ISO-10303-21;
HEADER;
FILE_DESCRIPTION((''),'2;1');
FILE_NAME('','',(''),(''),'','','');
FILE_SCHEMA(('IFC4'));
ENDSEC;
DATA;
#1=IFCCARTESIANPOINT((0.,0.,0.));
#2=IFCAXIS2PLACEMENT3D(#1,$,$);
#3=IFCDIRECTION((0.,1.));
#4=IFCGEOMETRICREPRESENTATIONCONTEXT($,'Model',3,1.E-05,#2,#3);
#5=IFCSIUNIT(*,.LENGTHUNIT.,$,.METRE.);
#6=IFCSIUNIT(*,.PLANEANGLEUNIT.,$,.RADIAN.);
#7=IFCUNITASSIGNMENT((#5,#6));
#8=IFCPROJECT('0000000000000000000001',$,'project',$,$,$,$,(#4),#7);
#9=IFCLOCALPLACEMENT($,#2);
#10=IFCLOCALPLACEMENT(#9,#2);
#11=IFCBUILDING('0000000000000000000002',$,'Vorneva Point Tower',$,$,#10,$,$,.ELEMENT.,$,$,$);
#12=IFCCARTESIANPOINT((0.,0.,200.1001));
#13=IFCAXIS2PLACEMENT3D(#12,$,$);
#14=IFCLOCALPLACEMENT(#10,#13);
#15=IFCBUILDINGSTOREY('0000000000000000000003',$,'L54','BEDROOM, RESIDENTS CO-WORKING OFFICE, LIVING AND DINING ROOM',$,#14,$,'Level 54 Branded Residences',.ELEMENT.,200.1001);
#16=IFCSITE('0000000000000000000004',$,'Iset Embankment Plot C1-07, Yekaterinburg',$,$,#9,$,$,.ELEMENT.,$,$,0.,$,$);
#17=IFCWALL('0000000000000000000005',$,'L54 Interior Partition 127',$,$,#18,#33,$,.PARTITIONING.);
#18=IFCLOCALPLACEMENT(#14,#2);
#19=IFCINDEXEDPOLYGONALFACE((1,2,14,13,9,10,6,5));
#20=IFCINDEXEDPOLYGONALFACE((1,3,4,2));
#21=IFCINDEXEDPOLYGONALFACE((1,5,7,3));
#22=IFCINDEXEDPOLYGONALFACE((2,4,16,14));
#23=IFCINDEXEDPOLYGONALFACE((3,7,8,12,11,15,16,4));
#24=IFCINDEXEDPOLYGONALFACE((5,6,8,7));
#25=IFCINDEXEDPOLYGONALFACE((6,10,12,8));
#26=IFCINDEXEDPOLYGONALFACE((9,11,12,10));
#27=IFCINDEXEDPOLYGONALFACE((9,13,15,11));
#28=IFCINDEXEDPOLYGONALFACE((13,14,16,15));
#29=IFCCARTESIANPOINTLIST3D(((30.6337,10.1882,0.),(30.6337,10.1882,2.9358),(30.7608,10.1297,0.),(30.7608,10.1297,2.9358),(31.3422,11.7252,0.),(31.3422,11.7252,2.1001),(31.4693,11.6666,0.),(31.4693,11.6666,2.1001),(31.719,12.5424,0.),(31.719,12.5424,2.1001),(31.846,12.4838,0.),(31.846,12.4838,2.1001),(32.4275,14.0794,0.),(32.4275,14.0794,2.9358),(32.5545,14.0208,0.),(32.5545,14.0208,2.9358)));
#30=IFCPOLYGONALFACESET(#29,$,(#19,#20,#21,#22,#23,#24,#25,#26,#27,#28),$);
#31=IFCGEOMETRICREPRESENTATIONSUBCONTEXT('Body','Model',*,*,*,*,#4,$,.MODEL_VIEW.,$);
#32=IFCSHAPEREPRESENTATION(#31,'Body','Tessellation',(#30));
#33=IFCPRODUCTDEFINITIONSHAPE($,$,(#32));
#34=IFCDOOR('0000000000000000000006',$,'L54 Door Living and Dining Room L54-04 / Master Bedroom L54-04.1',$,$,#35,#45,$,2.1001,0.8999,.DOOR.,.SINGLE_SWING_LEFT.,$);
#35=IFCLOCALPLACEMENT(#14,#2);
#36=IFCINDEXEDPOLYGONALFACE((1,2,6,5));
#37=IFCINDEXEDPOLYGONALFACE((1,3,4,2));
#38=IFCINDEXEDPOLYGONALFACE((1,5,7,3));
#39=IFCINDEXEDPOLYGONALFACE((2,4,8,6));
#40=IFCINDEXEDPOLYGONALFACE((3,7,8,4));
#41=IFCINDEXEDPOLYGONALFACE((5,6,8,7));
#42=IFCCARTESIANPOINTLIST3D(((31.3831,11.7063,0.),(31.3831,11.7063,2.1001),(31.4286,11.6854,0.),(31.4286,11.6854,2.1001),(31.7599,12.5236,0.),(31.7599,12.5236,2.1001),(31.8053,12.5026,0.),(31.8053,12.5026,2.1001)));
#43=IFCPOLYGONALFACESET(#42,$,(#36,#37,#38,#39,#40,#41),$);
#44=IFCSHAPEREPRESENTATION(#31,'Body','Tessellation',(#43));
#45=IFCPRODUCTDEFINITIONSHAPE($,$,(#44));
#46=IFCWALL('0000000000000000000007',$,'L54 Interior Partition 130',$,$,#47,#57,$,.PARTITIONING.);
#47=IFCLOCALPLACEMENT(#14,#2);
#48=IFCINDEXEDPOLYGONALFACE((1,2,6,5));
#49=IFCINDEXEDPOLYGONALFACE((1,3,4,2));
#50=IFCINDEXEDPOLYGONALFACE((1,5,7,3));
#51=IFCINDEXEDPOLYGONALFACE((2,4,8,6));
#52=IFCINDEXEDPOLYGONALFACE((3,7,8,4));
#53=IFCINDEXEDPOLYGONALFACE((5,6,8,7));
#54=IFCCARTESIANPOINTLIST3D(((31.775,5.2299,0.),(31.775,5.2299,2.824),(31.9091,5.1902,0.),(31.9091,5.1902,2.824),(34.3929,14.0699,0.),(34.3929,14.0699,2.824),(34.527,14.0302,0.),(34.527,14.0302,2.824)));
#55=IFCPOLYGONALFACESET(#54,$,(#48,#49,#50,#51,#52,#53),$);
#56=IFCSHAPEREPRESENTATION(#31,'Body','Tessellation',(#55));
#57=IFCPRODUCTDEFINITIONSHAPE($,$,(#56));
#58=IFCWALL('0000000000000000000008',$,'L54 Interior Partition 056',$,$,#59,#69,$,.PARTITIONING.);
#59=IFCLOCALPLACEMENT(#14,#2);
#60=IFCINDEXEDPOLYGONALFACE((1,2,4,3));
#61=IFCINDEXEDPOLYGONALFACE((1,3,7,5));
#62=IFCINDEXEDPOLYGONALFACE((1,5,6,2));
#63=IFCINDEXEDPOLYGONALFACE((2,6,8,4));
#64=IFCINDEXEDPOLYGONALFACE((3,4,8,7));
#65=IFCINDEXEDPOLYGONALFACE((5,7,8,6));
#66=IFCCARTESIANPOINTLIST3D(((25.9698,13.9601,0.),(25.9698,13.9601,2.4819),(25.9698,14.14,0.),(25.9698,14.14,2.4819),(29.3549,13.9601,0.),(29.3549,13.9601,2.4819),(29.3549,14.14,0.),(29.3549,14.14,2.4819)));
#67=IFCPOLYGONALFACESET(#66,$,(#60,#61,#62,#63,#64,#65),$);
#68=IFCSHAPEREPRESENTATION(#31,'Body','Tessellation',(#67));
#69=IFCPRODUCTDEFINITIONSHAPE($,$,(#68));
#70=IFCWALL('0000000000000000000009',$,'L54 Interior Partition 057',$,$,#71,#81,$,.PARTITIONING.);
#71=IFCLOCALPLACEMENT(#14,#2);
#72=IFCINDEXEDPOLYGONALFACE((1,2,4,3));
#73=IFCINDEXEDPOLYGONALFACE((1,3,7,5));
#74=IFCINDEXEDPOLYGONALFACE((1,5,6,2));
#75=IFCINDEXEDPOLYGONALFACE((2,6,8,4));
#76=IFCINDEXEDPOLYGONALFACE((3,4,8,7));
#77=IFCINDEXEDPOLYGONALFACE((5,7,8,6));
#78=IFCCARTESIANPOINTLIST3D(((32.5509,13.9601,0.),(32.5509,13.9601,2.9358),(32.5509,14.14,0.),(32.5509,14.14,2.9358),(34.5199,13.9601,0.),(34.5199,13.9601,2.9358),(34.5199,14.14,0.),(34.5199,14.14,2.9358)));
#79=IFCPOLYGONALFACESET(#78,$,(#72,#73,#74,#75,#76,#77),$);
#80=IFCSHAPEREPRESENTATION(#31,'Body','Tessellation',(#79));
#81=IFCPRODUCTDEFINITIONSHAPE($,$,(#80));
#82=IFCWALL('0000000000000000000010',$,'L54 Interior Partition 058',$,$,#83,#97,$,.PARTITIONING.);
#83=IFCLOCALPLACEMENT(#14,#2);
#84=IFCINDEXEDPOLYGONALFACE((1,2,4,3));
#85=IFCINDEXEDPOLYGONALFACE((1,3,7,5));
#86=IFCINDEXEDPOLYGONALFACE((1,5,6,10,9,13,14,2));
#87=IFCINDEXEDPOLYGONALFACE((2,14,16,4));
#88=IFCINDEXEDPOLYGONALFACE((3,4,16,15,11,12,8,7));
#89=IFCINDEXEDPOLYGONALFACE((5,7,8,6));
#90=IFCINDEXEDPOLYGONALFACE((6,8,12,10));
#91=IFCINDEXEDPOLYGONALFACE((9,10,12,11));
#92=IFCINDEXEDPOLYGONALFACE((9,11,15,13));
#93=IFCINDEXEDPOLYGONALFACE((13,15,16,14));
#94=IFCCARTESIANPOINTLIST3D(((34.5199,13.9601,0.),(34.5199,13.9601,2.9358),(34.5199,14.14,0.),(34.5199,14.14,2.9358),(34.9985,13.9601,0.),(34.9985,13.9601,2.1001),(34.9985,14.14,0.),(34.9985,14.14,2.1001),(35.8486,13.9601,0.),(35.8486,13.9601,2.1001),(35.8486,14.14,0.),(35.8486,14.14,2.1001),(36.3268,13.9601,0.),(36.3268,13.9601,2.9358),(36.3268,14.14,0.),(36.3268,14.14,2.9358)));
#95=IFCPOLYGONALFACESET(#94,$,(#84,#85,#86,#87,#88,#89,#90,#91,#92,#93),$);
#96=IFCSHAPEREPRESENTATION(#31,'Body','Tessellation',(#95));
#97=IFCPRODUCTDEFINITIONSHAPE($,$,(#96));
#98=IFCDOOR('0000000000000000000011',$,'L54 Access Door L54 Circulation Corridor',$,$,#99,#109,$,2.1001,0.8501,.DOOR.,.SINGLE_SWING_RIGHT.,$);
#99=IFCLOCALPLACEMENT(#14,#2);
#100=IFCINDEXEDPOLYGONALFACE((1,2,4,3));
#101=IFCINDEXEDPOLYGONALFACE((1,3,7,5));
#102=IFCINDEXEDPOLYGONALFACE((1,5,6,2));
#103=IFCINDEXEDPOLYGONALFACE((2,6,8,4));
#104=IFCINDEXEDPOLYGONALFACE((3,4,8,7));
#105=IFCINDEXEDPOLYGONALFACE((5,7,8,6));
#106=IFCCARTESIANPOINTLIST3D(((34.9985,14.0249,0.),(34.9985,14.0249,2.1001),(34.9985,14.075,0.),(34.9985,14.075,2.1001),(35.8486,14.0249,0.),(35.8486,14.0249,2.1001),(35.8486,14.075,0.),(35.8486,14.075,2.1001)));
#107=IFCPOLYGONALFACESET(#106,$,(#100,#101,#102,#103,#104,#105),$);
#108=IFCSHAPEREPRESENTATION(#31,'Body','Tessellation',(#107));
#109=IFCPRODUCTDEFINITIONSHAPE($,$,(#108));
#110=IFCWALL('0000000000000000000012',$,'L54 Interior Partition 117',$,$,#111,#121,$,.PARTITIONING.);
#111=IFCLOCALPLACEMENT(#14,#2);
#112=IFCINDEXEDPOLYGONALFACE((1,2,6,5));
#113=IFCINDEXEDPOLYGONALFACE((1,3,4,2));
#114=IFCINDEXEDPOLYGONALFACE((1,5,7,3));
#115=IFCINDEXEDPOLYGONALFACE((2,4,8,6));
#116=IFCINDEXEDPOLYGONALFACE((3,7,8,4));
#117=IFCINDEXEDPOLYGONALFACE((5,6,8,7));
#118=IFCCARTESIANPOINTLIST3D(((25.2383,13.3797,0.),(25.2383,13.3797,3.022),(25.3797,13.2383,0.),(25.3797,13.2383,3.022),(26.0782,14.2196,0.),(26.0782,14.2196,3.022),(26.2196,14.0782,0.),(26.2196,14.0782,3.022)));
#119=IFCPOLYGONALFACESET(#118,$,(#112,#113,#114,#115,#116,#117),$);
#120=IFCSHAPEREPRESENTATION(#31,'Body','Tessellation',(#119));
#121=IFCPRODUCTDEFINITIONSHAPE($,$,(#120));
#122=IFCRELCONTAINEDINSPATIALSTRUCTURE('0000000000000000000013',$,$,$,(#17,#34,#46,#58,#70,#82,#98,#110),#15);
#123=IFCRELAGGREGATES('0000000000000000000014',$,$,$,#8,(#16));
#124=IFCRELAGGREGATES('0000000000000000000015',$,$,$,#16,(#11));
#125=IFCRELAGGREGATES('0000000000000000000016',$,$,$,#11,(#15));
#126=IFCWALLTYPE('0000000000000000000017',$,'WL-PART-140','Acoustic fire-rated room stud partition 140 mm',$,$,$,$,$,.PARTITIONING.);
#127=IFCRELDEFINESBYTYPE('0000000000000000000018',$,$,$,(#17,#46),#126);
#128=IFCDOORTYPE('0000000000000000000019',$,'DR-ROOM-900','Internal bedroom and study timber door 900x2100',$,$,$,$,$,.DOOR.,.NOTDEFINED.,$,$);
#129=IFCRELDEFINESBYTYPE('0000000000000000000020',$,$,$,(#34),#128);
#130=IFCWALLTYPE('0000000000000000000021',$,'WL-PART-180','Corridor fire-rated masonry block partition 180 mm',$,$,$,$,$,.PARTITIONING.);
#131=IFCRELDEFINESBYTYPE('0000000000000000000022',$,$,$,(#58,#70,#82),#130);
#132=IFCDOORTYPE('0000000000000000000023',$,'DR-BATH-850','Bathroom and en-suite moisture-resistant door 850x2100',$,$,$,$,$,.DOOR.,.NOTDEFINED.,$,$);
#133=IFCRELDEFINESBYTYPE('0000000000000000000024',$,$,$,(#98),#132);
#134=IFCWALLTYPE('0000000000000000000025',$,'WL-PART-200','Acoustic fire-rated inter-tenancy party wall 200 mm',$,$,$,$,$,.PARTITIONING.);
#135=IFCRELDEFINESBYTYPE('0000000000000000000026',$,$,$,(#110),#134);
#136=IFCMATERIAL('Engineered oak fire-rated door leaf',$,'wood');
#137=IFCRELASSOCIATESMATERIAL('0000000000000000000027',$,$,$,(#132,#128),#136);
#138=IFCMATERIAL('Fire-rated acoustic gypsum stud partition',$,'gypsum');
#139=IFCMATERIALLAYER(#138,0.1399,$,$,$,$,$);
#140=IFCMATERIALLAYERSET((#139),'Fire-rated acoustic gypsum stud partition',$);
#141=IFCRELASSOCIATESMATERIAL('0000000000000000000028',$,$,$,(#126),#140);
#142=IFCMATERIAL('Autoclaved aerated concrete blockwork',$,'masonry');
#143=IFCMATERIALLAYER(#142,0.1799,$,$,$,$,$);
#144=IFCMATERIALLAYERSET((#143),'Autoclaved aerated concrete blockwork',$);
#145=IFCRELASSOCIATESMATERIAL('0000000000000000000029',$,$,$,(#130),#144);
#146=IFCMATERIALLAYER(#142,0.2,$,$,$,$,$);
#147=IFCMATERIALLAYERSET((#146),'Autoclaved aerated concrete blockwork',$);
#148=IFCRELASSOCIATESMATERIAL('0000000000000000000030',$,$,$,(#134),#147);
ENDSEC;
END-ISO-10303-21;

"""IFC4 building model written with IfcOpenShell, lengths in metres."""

from ifc_helpers import new_model, si_unit, direction, frame, frame_2d, origin, place, context, subcontext, project, spatial, rectangle, extrude, material, layer, layer_set, type_object, element, fill, save


model = new_model("IFC4")

# Units and contexts
model_context = context("Model", 3, precision=1e-05, world=origin(), true_north=direction((0.0, 1.0)))
body_context = subcontext(model_context, "Body", "Model", "MODEL_VIEW")
ifc_project = project(units=[si_unit("LENGTHUNIT", "METRE"), si_unit("PLANEANGLEUNIT", "RADIAN")], contexts=[model_context])

# Site, building, storey
site_placement = place(None, origin())
site = spatial("IfcSite", under=ifc_project, at=site_placement, Name="Iset Embankment Plot C1-07, Yekaterinburg", CompositionType="ELEMENT", RefElevation=0.0)
building_placement = place(site_placement, origin())
building = spatial("IfcBuilding", under=site, at=building_placement, Name="Vorneva Point Tower", CompositionType="ELEMENT")
storey_placement = place(building_placement, frame((0.0, 0.0, 200.1001)))
storey = spatial("IfcBuildingStorey", under=building, at=storey_placement, Name="L54", Description="BEDROOM, RESIDENTS CO-WORKING OFFICE, LIVING AND DINING ROOM", LongName="Level 54 Branded Residences", CompositionType="ELEMENT", Elevation=200.1001)

# Shared definitions
ifc_material_1 = material(Name="Fire-rated acoustic gypsum stud partition", Category="gypsum")
ifc_material_2 = material(Name="Engineered oak fire-rated door leaf", Category="wood")
door_type_1 = type_object("IfcDoorType", Name="DR-BATH-850", Description="Bathroom and en-suite moisture-resistant door 850x2100", OperationType="NOTDEFINED", PredefinedType="DOOR", material=ifc_material_2)

# Shared definitions
ifc_layer_1 = layer(ifc_material_1, 0.1399)
ifc_layer_set_1 = layer_set([ifc_layer_1], Name="Fire-rated acoustic gypsum stud partition")
wall_type_1 = type_object("IfcWallType", Name="WL-PART-140", Description="Acoustic fire-rated room stud partition 140 mm", PredefinedType="PARTITIONING", material=ifc_layer_set_1)

# Wall, opening, door
door_type_2 = type_object("IfcDoorType", Name="DR-ROOM-900", Description="Internal bedroom and study timber door 900x2100", OperationType="NOTDEFINED", PredefinedType="DOOR", material=ifc_material_2)
wall_1_placement = place(storey_placement, frame((30.6973, 10.1589, 0.0), z_axis=(0.0, 0.0, 1.0), x_axis=(0.418635, 0.908154, 0.0)))
wall_1 = element("IfcWall", 1, at=wall_1_placement, inside=storey, type_object=wall_type_1, Name="L54 Interior Partition 127", PredefinedType="PARTITIONING", context=body_context, shape_type="SweptSolid", body=[
    extrude(rectangle(XDim=4.2847, YDim=0.1399, at=frame_2d((2.1423, 0.0))), origin(), (0.0, 0.0, 1.0), 2.9358),
])
opening_1_placement = place(wall_1_placement, frame((1.6924, 0.0, 0.0)))
opening_1 = element("IfcOpeningElement", 2, at=opening_1_placement, cuts=wall_1, PredefinedType="OPENING", context=body_context, shape_type="SweptSolid", body=[
    extrude(rectangle(XDim=0.8999, YDim=2.1001, at=frame_2d((0.45, 1.05))), frame((0.0, 0.085, 0.0), z_axis=(0.0, -1.0, 0.0), x_axis=(1.0, 0.0, 0.0)), (0.0, 0.0, 1.0), 0.1697),
])
door_1_placement = place(opening_1_placement, origin())
door_1 = element("IfcDoor", 3, at=door_1_placement, inside=storey, type_object=door_type_2, Name="L54 Door Living and Dining Room L54-04 / Master Bedroom L54-04.1", OperationType="SINGLE_SWING_LEFT", OverallHeight=2.1001, OverallWidth=0.8999, PredefinedType="DOOR", context=body_context, shape_type="SweptSolid", body=[
    extrude(rectangle(XDim=0.8999, YDim=2.1001, at=frame_2d((0.45, 1.05))), frame((0.0, 0.0249, 0.0), z_axis=(0.0, -1.0, 0.0), x_axis=(1.0, 0.0, 0.0)), (0.0, 0.0, 1.0), 0.05),
])
fill(opening_1, door_1)

# Wall
wall_2_placement = place(storey_placement, frame((31.842, 5.21, 0.0), z_axis=(0.0, 0.0, 1.0), x_axis=(0.283952, 0.958838, 0.0)))
element("IfcWall", 4, at=wall_2_placement, inside=storey, type_object=wall_type_1, Name="L54 Interior Partition 130", PredefinedType="PARTITIONING", context=body_context, shape_type="SweptSolid", body=[
    extrude(rectangle(XDim=9.2195, YDim=0.1399, at=frame_2d((4.6099, 0.0))), origin(), (0.0, 0.0, 1.0), 2.824),
])

# Shared definitions
ifc_material_3 = material(Name="Autoclaved aerated concrete blockwork", Category="masonry")
ifc_layer_2 = layer(ifc_material_3, 0.1799)
ifc_layer_set_2 = layer_set([ifc_layer_2], Name="Autoclaved aerated concrete blockwork")
wall_type_2 = type_object("IfcWallType", Name="WL-PART-180", Description="Corridor fire-rated masonry block partition 180 mm", PredefinedType="PARTITIONING", material=ifc_layer_set_2)

# Walls
wall_3_placement = place(storey_placement, frame((25.97, 14.05, 0.0), z_axis=(0.0, 0.0, 1.0), x_axis=(1.0, 0.0, 0.0)))
element("IfcWall", 5, at=wall_3_placement, inside=storey, type_object=wall_type_2, Name="L54 Interior Partition 056", PredefinedType="PARTITIONING", context=body_context, shape_type="SweptSolid", body=[
    extrude(rectangle(XDim=3.385, YDim=0.1799, at=frame_2d((1.6924, 0.0))), origin(), (0.0, 0.0, 1.0), 2.4819),
])
wall_4_placement = place(storey_placement, frame((32.551, 14.05, 0.0), z_axis=(0.0, 0.0, 1.0), x_axis=(1.0, 0.0, 0.0)))
element("IfcWall", 6, at=wall_4_placement, inside=storey, type_object=wall_type_2, Name="L54 Interior Partition 057", PredefinedType="PARTITIONING", context=body_context, shape_type="SweptSolid", body=[
    extrude(rectangle(XDim=1.969, YDim=0.1799, at=frame_2d((0.9844, 0.0))), origin(), (0.0, 0.0, 1.0), 2.9358),
])

# Wall, opening, door
wall_5_placement = place(storey_placement, frame((34.52, 14.05, 0.0), z_axis=(0.0, 0.0, 1.0), x_axis=(1.0, 0.0, 0.0)))
wall_5 = element("IfcWall", 7, at=wall_5_placement, inside=storey, type_object=wall_type_2, Name="L54 Interior Partition 058", PredefinedType="PARTITIONING", context=body_context, shape_type="SweptSolid", body=[
    extrude(rectangle(XDim=1.8069, YDim=0.1799, at=frame_2d((0.9033, 0.0))), origin(), (0.0, 0.0, 1.0), 2.9358),
])
opening_2_placement = place(wall_5_placement, frame((0.4785, 0.0, 0.0)))
opening_2 = element("IfcOpeningElement", 8, at=opening_2_placement, cuts=wall_5, PredefinedType="OPENING", context=body_context, shape_type="SweptSolid", body=[
    extrude(rectangle(XDim=0.8501, YDim=2.1001, at=frame_2d((0.425, 1.05))), frame((0.0, 0.105, 0.0), z_axis=(0.0, -1.0, 0.0), x_axis=(1.0, 0.0, 0.0)), (0.0, 0.0, 1.0), 0.2097),
])
door_2_placement = place(opening_2_placement, origin())
door_2 = element("IfcDoor", 9, at=door_2_placement, inside=storey, type_object=door_type_1, Name="L54 Access Door L54 Circulation Corridor", OperationType="SINGLE_SWING_RIGHT", OverallHeight=2.1001, OverallWidth=0.8501, PredefinedType="DOOR", context=body_context, shape_type="SweptSolid", body=[
    extrude(rectangle(XDim=0.8501, YDim=2.1001, at=frame_2d((0.425, 1.05))), frame((0.0, 0.0249, 0.0), z_axis=(0.0, -1.0, 0.0), x_axis=(1.0, 0.0, 0.0)), (0.0, 0.0, 1.0), 0.05),
])
fill(opening_2, door_2)

# Wall
ifc_layer_3 = layer(ifc_material_3, 0.2)
ifc_layer_set_3 = layer_set([ifc_layer_3], Name="Autoclaved aerated concrete blockwork")
wall_type_3 = type_object("IfcWallType", Name="WL-PART-200", Description="Acoustic fire-rated inter-tenancy party wall 200 mm", PredefinedType="PARTITIONING", material=ifc_layer_set_3)
wall_6_placement = place(storey_placement, frame((25.3091, 13.3091, 0.0), z_axis=(0.0, 0.0, 1.0), x_axis=(0.707107, 0.707107, 0.0)))
element("IfcWall", 10, at=wall_6_placement, inside=storey, type_object=wall_type_3, Name="L54 Interior Partition 117", PredefinedType="PARTITIONING", context=body_context, shape_type="SweptSolid", body=[
    extrude(rectangle(XDim=1.1877, YDim=0.2, at=frame_2d((0.5938, 0.0))), origin(), (0.0, 0.0, 1.0), 3.022),
])

save(model, "model.ifc")
